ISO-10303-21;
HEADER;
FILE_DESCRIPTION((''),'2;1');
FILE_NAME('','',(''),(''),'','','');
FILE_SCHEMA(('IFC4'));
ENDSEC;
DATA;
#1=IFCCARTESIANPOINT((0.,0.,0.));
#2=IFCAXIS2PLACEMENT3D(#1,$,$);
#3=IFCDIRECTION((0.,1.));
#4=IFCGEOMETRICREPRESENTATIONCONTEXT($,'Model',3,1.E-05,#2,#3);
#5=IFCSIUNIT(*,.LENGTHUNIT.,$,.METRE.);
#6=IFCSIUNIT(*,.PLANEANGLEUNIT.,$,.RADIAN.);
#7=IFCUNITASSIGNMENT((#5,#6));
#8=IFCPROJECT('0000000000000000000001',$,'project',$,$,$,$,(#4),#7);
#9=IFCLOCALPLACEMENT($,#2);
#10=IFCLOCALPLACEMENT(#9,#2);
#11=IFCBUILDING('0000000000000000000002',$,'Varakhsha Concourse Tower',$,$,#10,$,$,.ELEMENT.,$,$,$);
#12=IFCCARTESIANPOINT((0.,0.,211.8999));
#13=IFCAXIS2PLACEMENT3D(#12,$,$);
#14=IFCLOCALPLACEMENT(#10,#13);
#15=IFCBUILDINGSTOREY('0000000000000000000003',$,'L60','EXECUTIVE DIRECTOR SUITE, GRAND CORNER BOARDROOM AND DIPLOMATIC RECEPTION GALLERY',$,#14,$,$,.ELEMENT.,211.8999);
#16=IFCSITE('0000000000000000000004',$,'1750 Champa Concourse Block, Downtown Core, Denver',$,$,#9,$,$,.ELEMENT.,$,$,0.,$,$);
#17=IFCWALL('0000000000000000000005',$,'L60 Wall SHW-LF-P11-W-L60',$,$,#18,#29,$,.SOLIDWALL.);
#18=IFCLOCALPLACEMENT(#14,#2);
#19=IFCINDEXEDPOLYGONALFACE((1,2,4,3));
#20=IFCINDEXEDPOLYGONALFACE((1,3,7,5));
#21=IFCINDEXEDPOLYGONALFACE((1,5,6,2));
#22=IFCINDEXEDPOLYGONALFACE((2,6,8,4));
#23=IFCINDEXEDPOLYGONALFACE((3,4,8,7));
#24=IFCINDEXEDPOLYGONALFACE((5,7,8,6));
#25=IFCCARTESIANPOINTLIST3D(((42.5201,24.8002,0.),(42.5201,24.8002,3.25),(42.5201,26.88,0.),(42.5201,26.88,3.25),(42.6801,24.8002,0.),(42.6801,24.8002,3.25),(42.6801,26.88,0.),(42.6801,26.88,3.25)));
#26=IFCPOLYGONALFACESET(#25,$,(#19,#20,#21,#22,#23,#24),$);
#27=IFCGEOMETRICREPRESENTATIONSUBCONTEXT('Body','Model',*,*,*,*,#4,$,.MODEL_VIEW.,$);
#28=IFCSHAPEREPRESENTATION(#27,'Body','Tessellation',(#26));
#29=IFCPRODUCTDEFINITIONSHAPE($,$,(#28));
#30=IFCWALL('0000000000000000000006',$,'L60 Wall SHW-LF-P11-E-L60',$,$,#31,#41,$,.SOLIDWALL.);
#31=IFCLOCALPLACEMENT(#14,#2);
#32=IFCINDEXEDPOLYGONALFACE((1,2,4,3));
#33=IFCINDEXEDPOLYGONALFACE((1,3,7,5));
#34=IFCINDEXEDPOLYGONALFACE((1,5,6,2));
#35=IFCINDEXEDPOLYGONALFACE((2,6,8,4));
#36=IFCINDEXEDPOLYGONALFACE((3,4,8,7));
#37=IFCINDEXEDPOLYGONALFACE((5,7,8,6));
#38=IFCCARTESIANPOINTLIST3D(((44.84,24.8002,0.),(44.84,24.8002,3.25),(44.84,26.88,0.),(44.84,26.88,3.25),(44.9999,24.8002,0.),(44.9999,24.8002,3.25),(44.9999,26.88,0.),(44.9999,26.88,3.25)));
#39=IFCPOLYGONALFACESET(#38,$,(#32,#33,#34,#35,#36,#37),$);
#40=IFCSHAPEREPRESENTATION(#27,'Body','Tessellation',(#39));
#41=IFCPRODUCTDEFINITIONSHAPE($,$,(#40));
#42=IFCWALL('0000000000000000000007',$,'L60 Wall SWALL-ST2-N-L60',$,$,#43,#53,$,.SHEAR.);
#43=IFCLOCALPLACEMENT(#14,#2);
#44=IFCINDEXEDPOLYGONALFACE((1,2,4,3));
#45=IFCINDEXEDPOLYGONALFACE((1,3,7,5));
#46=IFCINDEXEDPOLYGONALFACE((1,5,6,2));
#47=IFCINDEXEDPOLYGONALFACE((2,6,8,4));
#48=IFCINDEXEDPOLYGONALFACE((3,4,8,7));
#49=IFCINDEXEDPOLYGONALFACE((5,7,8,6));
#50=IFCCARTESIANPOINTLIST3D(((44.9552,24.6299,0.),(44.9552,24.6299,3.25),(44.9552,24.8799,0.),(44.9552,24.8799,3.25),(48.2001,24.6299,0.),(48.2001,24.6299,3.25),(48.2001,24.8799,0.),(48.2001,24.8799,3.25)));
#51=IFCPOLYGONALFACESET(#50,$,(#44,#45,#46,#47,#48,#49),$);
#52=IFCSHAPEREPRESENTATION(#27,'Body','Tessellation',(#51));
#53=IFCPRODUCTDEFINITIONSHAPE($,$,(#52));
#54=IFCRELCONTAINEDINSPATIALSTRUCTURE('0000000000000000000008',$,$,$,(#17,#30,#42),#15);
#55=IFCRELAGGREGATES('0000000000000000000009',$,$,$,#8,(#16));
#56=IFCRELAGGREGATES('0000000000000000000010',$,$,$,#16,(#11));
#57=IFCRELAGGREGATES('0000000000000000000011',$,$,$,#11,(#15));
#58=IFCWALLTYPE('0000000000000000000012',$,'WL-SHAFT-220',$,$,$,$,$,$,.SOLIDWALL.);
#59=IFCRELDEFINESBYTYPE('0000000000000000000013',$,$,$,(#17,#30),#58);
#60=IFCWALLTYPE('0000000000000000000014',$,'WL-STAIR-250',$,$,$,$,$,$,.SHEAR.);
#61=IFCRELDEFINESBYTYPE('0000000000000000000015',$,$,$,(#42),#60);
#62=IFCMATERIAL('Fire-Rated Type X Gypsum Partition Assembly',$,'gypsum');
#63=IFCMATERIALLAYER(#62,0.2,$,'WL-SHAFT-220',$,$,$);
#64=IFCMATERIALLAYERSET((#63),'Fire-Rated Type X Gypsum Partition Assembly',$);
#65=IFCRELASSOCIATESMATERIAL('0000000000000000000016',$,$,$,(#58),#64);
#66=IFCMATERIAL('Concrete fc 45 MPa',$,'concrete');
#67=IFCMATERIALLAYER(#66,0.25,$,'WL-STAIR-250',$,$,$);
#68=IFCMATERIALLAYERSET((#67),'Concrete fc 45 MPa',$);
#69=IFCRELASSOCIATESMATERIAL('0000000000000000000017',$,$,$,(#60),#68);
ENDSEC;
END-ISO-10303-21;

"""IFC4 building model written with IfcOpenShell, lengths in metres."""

from ifc_helpers import new_model, si_unit, direction, frame, frame_2d, origin, place, context, subcontext, project, spatial, rectangle, extrude, material, layer, layer_set, type_object, element, save


model = new_model("IFC4")

# Units and contexts
model_context = context("Model", 3, precision=1e-05, world=origin(), true_north=direction((0.0, 1.0)))
body_context = subcontext(model_context, "Body", "Model", "MODEL_VIEW")
ifc_project = project(units=[si_unit("LENGTHUNIT", "METRE"), si_unit("PLANEANGLEUNIT", "RADIAN")], contexts=[model_context])

# Site, building, storey
site_placement = place(None, origin())
site = spatial("IfcSite", under=ifc_project, at=site_placement, Name="1750 Champa Concourse Block, Downtown Core, Denver", CompositionType="ELEMENT", RefElevation=0.0)
building_placement = place(site_placement, origin())
building = spatial("IfcBuilding", under=site, at=building_placement, Name="Varakhsha Concourse Tower", CompositionType="ELEMENT")
storey_placement = place(building_placement, frame((0.0, 0.0, 211.8999)))
storey = spatial("IfcBuildingStorey", under=building, at=storey_placement, Name="L60", Description="EXECUTIVE DIRECTOR SUITE, GRAND CORNER BOARDROOM AND DIPLOMATIC RECEPTION GALLERY", CompositionType="ELEMENT", Elevation=211.8999)

# Shared definitions
ifc_material_1 = material(Name="Fire-Rated Type X Gypsum Partition Assembly", Category="gypsum")

# Walls
ifc_layer_1 = layer(ifc_material_1, 0.2, Name="WL-SHAFT-220")
ifc_layer_set_1 = layer_set([ifc_layer_1], Name="Fire-Rated Type X Gypsum Partition Assembly")
wall_type_1 = type_object("IfcWallType", Name="WL-SHAFT-220", PredefinedType="SOLIDWALL", material=ifc_layer_set_1)
for number, where, z_axis, x_axis, name in (
    (1, (42.6001, 24.8, 0.0), (0.0, 0.0, 1.0), (0.0, 1.0, 0.0), "L60 Wall SHW-LF-P11-W-L60"),
    (2, (44.9199, 24.8, 0.0), (0.0, 0.0, 1.0), (0.0, 1.0, 0.0), "L60 Wall SHW-LF-P11-E-L60"),
):
    element("IfcWall", number, at=place(storey_placement, frame(where, z_axis=z_axis, x_axis=x_axis)), inside=storey, type_object=wall_type_1, Name=name, PredefinedType="SOLIDWALL", context=body_context, shape_type="SweptSolid", body=[
        extrude(rectangle(XDim=2.0798, YDim=0.1599, at=frame_2d((1.04, 0.0))), origin(), (0.0, 0.0, 1.0), 3.25),
    ])
ifc_material_2 = material(Name="Concrete fc 45 MPa", Category="concrete")
ifc_layer_2 = layer(ifc_material_2, 0.25, Name="WL-STAIR-250")
ifc_layer_set_2 = layer_set([ifc_layer_2], Name="Concrete fc 45 MPa")
wall_type_2 = type_object("IfcWallType", Name="WL-STAIR-250", PredefinedType="SHEAR", material=ifc_layer_set_2)
wall_1_placement = place(storey_placement, frame((44.9551, 24.7549, 0.0), z_axis=(0.0, 0.0, 1.0), x_axis=(1.0, 0.0, 0.0)))
element("IfcWall", 3, at=wall_1_placement, inside=storey, type_object=wall_type_2, Name="L60 Wall SWALL-ST2-N-L60", PredefinedType="SHEAR", context=body_context, shape_type="SweptSolid", body=[
    extrude(rectangle(XDim=3.2449, YDim=0.25, at=frame_2d((1.6226, 0.0))), origin(), (0.0, 0.0, 1.0), 3.25),
])

save(model, "model.ifc")
